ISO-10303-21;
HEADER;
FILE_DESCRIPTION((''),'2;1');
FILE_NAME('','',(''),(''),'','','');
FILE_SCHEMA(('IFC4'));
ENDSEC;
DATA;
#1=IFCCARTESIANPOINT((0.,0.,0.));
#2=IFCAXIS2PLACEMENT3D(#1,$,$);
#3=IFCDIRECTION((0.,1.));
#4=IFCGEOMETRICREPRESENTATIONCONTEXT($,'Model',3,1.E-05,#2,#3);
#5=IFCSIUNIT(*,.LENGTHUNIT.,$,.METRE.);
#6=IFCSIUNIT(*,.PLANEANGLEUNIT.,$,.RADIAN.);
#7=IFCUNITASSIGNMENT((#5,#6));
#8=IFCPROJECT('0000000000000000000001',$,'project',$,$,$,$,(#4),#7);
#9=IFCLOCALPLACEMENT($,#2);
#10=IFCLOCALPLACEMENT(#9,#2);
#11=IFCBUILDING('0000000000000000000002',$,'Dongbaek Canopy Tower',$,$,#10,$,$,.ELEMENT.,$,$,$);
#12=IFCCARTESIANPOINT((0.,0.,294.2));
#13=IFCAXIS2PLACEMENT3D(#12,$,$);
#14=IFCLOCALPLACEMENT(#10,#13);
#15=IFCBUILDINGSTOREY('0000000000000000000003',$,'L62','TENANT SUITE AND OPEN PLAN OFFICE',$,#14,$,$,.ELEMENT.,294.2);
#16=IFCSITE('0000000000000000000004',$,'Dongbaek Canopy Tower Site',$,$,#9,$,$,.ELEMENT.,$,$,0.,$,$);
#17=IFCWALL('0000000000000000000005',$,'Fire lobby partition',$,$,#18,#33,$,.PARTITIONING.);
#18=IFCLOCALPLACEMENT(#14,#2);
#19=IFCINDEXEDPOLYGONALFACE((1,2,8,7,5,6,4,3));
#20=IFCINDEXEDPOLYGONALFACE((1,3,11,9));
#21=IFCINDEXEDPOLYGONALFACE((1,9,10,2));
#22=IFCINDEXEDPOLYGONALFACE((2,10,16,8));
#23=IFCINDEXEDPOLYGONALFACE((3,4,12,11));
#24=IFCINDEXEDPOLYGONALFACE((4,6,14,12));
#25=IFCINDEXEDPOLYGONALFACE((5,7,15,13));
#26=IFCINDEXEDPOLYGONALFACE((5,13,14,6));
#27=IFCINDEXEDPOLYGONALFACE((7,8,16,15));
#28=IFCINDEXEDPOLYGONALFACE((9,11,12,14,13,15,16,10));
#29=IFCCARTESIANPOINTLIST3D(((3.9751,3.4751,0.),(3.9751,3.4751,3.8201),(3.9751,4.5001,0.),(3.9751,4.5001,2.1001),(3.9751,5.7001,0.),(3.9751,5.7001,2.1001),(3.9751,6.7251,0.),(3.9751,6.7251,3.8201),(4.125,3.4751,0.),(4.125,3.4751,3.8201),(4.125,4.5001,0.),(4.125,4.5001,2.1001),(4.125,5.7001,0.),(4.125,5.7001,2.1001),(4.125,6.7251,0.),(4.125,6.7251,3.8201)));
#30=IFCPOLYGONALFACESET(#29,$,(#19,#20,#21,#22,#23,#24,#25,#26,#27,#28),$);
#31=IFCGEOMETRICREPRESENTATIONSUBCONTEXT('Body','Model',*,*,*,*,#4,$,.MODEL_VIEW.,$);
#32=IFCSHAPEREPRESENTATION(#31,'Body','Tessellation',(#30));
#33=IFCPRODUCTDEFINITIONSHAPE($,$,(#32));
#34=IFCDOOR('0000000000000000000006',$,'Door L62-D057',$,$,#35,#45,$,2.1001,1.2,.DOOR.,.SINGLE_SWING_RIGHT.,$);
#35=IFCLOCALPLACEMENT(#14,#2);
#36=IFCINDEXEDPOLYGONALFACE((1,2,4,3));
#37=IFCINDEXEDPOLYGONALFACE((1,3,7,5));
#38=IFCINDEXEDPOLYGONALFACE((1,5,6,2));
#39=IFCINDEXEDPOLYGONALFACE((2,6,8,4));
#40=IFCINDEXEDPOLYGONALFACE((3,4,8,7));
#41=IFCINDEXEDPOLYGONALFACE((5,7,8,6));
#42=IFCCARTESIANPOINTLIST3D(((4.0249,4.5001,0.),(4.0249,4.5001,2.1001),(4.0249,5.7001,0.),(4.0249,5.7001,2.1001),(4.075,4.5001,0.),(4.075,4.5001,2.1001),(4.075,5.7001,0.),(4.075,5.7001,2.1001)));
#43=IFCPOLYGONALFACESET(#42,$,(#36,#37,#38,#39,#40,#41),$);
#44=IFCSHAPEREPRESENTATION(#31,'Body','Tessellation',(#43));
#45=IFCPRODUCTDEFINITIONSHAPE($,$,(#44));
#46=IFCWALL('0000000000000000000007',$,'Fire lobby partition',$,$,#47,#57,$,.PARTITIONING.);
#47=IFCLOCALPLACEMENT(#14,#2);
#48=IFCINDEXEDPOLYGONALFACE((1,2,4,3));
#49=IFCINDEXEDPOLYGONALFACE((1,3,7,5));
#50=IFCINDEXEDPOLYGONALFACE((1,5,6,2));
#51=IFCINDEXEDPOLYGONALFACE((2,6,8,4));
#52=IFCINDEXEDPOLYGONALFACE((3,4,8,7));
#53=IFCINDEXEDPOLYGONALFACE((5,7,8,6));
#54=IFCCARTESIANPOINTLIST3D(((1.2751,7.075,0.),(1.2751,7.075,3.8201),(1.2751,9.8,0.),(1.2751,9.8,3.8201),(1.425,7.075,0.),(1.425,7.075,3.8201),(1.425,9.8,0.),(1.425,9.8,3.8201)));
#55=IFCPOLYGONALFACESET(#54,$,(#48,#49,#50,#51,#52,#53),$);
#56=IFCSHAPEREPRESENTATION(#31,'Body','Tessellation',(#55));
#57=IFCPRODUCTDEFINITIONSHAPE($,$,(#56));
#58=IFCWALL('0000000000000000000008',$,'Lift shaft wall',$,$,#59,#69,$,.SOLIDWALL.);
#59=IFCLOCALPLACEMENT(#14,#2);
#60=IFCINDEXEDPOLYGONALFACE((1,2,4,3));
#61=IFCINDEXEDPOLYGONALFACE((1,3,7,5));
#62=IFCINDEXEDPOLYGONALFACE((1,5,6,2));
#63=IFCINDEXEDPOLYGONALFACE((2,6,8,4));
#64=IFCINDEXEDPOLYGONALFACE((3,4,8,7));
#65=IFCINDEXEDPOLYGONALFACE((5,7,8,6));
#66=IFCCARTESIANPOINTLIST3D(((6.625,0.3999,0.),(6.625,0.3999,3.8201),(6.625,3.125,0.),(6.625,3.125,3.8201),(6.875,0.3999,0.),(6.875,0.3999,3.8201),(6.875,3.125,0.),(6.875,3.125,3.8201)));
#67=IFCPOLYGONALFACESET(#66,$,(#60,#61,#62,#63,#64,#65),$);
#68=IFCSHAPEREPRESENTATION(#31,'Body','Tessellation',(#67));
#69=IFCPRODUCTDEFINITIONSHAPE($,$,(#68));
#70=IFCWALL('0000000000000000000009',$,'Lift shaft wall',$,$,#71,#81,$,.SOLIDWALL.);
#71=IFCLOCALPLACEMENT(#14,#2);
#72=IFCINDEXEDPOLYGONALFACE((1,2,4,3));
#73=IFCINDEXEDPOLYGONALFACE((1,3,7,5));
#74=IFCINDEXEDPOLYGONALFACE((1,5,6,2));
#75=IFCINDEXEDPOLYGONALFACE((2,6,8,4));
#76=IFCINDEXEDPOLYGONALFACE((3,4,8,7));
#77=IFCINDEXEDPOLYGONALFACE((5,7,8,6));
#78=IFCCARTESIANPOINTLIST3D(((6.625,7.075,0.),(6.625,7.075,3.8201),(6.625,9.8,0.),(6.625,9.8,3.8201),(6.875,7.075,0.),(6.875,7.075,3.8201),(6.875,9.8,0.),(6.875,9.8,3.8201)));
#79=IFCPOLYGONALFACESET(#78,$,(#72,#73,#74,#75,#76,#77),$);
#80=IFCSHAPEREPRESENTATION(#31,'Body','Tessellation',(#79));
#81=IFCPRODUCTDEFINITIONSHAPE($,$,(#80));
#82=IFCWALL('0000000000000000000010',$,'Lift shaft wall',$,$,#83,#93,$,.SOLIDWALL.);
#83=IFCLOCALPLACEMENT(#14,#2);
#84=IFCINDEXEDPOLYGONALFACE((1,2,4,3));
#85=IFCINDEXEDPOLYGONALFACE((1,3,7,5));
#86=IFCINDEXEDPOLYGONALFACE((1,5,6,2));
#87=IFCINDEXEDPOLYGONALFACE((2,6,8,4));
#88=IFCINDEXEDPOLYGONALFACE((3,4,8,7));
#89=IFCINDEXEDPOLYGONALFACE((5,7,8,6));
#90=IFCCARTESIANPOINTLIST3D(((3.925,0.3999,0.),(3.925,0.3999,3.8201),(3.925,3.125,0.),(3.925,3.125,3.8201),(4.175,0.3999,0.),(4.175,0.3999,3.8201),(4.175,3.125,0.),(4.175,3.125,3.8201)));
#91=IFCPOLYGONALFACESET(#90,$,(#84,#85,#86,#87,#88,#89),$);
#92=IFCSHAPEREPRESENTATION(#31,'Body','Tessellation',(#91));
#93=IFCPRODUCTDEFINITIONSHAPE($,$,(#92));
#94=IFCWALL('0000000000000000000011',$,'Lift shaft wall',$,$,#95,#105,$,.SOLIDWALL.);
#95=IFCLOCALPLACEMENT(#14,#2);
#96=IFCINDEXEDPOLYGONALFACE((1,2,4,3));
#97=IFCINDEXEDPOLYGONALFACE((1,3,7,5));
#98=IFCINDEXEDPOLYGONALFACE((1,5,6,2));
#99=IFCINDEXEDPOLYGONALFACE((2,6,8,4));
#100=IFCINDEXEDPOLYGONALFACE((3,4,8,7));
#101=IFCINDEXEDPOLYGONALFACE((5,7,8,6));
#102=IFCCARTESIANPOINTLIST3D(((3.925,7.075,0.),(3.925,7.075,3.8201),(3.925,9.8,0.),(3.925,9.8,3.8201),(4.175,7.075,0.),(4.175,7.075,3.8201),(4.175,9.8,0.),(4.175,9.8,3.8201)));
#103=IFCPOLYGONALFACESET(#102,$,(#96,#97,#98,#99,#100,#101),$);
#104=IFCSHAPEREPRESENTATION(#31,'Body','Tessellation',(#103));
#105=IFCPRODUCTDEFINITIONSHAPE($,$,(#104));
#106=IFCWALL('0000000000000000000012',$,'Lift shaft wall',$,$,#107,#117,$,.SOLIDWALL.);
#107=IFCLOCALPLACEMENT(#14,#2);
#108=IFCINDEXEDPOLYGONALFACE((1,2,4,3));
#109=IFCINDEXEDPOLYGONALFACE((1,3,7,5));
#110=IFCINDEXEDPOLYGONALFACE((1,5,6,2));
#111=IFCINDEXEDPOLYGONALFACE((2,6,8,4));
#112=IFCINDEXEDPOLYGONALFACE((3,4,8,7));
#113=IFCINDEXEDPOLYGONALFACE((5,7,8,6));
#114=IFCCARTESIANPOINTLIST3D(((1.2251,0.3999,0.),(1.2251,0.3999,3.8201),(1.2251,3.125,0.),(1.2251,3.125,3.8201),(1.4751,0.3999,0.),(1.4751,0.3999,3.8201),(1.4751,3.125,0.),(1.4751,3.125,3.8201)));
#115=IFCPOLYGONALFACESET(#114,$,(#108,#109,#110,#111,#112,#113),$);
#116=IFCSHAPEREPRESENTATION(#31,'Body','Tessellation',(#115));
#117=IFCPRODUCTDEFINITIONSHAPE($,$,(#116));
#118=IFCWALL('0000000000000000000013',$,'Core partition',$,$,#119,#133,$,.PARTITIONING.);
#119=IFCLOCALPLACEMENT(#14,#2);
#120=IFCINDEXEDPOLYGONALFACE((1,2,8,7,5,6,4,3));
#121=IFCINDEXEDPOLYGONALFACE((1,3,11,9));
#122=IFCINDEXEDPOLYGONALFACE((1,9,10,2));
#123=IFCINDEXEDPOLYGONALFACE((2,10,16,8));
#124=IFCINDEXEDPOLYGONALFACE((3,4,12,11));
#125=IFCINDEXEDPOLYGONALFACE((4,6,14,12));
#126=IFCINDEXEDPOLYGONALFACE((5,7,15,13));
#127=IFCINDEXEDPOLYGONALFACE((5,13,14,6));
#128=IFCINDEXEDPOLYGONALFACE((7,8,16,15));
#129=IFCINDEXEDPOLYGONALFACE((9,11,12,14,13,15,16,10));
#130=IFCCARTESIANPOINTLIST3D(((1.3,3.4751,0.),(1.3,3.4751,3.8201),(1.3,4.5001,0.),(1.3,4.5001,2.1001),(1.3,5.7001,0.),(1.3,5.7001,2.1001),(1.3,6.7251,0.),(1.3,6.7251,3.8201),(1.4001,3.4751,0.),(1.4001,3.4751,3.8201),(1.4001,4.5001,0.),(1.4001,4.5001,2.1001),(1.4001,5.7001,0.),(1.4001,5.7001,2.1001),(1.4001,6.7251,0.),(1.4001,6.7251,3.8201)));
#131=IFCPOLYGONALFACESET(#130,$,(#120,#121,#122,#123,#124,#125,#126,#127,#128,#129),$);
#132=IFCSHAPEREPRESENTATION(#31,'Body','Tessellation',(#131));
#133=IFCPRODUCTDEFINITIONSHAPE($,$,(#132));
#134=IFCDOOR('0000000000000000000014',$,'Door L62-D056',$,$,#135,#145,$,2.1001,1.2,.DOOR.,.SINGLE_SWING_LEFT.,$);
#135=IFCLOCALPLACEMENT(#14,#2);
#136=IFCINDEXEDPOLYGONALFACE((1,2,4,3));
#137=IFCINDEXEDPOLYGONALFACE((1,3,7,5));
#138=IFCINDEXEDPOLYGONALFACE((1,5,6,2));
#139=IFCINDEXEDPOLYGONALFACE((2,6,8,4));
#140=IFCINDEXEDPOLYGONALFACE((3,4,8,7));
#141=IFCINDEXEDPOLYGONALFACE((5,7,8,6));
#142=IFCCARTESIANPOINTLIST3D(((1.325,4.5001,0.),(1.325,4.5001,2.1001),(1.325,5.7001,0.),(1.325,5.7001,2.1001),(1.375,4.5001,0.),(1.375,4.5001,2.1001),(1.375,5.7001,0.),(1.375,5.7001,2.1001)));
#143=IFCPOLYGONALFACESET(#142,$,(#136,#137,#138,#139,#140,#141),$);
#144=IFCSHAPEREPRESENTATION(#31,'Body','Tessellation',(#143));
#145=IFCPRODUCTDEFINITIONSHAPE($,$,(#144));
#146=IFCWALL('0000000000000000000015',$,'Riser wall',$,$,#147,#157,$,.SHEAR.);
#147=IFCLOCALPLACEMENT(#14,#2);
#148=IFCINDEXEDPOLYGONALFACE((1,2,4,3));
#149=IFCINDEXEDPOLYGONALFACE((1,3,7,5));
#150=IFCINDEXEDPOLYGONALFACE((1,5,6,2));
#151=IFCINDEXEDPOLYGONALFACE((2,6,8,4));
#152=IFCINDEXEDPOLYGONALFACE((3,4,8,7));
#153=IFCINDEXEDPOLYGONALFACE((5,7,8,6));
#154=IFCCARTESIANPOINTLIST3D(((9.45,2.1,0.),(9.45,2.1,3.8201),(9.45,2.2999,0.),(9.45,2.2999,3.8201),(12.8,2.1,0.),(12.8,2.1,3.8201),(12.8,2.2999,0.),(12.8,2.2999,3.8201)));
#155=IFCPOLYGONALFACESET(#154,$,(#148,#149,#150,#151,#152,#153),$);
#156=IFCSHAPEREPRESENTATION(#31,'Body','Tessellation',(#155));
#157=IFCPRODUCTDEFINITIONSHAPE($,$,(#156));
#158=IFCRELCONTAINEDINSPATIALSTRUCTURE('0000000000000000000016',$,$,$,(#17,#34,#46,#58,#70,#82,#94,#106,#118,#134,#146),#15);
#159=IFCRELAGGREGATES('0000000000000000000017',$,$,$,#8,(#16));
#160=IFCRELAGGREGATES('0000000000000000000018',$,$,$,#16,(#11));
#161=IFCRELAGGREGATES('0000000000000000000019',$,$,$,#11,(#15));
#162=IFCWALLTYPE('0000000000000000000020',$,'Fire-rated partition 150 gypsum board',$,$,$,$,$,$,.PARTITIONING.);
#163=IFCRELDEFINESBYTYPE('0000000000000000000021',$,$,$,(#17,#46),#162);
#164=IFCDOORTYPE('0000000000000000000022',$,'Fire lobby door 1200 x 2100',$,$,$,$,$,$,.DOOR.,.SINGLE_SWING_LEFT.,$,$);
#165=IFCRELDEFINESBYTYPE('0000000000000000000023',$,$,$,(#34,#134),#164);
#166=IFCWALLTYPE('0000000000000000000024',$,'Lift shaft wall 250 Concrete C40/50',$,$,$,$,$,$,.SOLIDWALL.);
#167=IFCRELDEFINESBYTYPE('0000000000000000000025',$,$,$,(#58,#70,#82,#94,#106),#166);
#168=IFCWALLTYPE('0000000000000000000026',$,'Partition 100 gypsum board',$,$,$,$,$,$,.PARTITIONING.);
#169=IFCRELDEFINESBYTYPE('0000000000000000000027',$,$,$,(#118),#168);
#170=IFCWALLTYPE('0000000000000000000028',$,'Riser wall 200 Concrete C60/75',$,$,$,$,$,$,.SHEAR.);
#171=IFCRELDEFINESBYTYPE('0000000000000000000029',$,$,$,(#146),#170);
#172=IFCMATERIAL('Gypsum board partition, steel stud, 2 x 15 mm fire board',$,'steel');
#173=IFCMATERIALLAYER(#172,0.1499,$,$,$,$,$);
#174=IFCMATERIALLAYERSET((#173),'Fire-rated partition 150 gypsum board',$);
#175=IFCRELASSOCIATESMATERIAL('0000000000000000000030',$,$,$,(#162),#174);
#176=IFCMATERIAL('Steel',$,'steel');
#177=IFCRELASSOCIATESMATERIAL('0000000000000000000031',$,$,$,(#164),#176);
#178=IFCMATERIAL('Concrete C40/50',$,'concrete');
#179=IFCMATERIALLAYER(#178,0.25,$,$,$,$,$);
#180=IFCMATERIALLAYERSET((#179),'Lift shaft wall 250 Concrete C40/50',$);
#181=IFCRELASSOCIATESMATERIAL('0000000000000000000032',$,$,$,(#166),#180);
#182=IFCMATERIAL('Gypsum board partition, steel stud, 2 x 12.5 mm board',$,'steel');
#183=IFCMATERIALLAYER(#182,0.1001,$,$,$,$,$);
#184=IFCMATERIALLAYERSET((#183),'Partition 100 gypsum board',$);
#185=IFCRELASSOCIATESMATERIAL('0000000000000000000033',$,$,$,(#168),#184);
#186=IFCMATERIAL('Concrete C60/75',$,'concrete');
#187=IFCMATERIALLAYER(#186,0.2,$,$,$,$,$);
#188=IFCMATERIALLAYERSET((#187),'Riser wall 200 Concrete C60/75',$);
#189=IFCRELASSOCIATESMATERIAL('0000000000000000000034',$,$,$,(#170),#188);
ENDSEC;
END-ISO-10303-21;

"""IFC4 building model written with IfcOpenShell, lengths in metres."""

from ifc_helpers import new_model, si_unit, direction, frame, frame_2d, origin, place, context, subcontext, project, spatial, rectangle, extrude, material, layer, layer_set, type_object, element, fill, save


model = new_model("IFC4")

# Units and contexts
model_context = context("Model", 3, precision=1e-05, world=origin(), true_north=direction((0.0, 1.0)))
body_context = subcontext(model_context, "Body", "Model", "MODEL_VIEW")
ifc_project = project(units=[si_unit("LENGTHUNIT", "METRE"), si_unit("PLANEANGLEUNIT", "RADIAN")], contexts=[model_context])

# Site, building, storey
site_placement = place(None, origin())
site = spatial("IfcSite", under=ifc_project, at=site_placement, Name="Dongbaek Canopy Tower Site", CompositionType="ELEMENT", RefElevation=0.0)
building_placement = place(site_placement, origin())
building = spatial("IfcBuilding", under=site, at=building_placement, Name="Dongbaek Canopy Tower", CompositionType="ELEMENT")
storey_placement = place(building_placement, frame((0.0, 0.0, 294.2)))
storey = spatial("IfcBuildingStorey", under=building, at=storey_placement, Name="L62", Description="TENANT SUITE AND OPEN PLAN OFFICE", CompositionType="ELEMENT", Elevation=294.2)

# Wall, opening, door
ifc_material_1 = material(Name="Gypsum board partition, steel stud, 2 x 15 mm fire board", Category="steel")
ifc_layer_1 = layer(ifc_material_1, 0.1499)
ifc_layer_set_1 = layer_set([ifc_layer_1], Name="Fire-rated partition 150 gypsum board")
wall_type_1 = type_object("IfcWallType", Name="Fire-rated partition 150 gypsum board", PredefinedType="PARTITIONING", material=ifc_layer_set_1)
wall_1_placement = place(storey_placement, frame((4.05, 6.7251, 0.0), z_axis=(0.0, 0.0, 1.0), x_axis=(0.0, -1.0, 0.0)))
wall_1 = element("IfcWall", 1, at=wall_1_placement, inside=storey, type_object=wall_type_1, Name="Fire lobby partition", PredefinedType="PARTITIONING", context=body_context, shape_type="SweptSolid", body=[
    extrude(rectangle(XDim=3.25, YDim=0.1499, at=frame_2d((1.625, 0.0))), origin(), (0.0, 0.0, 1.0), 3.8201),
])
opening_1_placement = place(wall_1_placement, frame((1.0249, 0.0, 0.0)))
opening_1 = element("IfcOpeningElement", 2, at=opening_1_placement, cuts=wall_1, PredefinedType="OPENING", context=body_context, shape_type="SweptSolid", body=[
    extrude(rectangle(XDim=1.2, YDim=2.1001, at=frame_2d((0.6001, 1.05))), frame((0.0, 0.085, 0.0), z_axis=(0.0, -1.0, 0.0), x_axis=(1.0, 0.0, 0.0)), (0.0, 0.0, 1.0), 0.1699),
])
ifc_material_2 = material(Name="Steel", Category="steel")
door_type_1 = type_object("IfcDoorType", Name="Fire lobby door 1200 x 2100", OperationType="SINGLE_SWING_LEFT", PredefinedType="DOOR", material=ifc_material_2)
door_1_placement = place(opening_1_placement, origin())
door_1 = element("IfcDoor", 3, at=door_1_placement, inside=storey, type_object=door_type_1, Name="Door L62-D057", OperationType="SINGLE_SWING_RIGHT", OverallHeight=2.1001, OverallWidth=1.2, PredefinedType="DOOR", context=body_context, shape_type="SweptSolid", body=[
    extrude(rectangle(XDim=1.2, YDim=2.1001, at=frame_2d((0.6001, 1.05))), frame((0.0, 0.0249, 0.0), z_axis=(0.0, -1.0, 0.0), x_axis=(1.0, 0.0, 0.0)), (0.0, 0.0, 1.0), 0.05),
])
fill(opening_1, door_1)

# Walls
wall_2_placement = place(storey_placement, frame((1.3501, 7.075, 0.0), z_axis=(0.0, 0.0, 1.0), x_axis=(0.0, 1.0, 0.0)))
element("IfcWall", 4, at=wall_2_placement, inside=storey, type_object=wall_type_1, Name="Fire lobby partition", PredefinedType="PARTITIONING", context=body_context, shape_type="SweptSolid", body=[
    extrude(rectangle(XDim=2.7251, YDim=0.1499, at=frame_2d((1.3625, 0.0))), origin(), (0.0, 0.0, 1.0), 3.8201),
])
ifc_material_3 = material(Name="Concrete C40/50", Category="concrete")
ifc_layer_2 = layer(ifc_material_3, 0.25)
ifc_layer_set_2 = layer_set([ifc_layer_2], Name="Lift shaft wall 250 Concrete C40/50")
wall_type_2 = type_object("IfcWallType", Name="Lift shaft wall 250 Concrete C40/50", PredefinedType="SOLIDWALL", material=ifc_layer_set_2)
for number, where, z_axis, x_axis, name in (
    (5, (6.75, 0.3999, 0.0), (0.0, 0.0, 1.0), (0.0, 1.0, 0.0), "Lift shaft wall"),
    (6, (6.75, 7.075, 0.0), (0.0, 0.0, 1.0), (0.0, 1.0, 0.0), "Lift shaft wall"),
    (7, (4.05, 0.3999, 0.0), (0.0, 0.0, 1.0), (0.0, 1.0, 0.0), "Lift shaft wall"),
    (8, (4.05, 7.075, 0.0), (0.0, 0.0, 1.0), (0.0, 1.0, 0.0), "Lift shaft wall"),
    (9, (1.3501, 0.3999, 0.0), (0.0, 0.0, 1.0), (0.0, 1.0, 0.0), "Lift shaft wall"),
):
    element("IfcWall", number, at=place(storey_placement, frame(where, z_axis=z_axis, x_axis=x_axis)), inside=storey, type_object=wall_type_2, Name=name, PredefinedType="SOLIDWALL", context=body_context, shape_type="SweptSolid", body=[
        extrude(rectangle(XDim=2.7251, YDim=0.25, at=frame_2d((1.3625, 0.0))), origin(), (0.0, 0.0, 1.0), 3.8201),
    ])

# Wall, opening, door
ifc_material_4 = material(Name="Gypsum board partition, steel stud, 2 x 12.5 mm board", Category="steel")
ifc_layer_3 = layer(ifc_material_4, 0.1001)
ifc_layer_set_3 = layer_set([ifc_layer_3], Name="Partition 100 gypsum board")
wall_type_3 = type_object("IfcWallType", Name="Partition 100 gypsum board", PredefinedType="PARTITIONING", material=ifc_layer_set_3)
wall_3_placement = place(storey_placement, frame((1.3501, 6.7251, 0.0), z_axis=(0.0, 0.0, 1.0), x_axis=(0.0, -1.0, 0.0)))
wall_3 = element("IfcWall", 10, at=wall_3_placement, inside=storey, type_object=wall_type_3, Name="Core partition", PredefinedType="PARTITIONING", context=body_context, shape_type="SweptSolid", body=[
    extrude(rectangle(XDim=3.25, YDim=0.1001, at=frame_2d((1.625, 0.0))), origin(), (0.0, 0.0, 1.0), 3.8201),
])
opening_2_placement = place(wall_3_placement, frame((1.0249, 0.0, 0.0)))
opening_2 = element("IfcOpeningElement", 11, at=opening_2_placement, cuts=wall_3, PredefinedType="OPENING", context=body_context, shape_type="SweptSolid", body=[
    extrude(rectangle(XDim=1.2, YDim=2.1001, at=frame_2d((0.6001, 1.05))), frame((0.0, 0.0601, 0.0), z_axis=(0.0, -1.0, 0.0), x_axis=(1.0, 0.0, 0.0)), (0.0, 0.0, 1.0), 0.1201),
])
door_2_placement = place(opening_2_placement, origin())
door_2 = element("IfcDoor", 12, at=door_2_placement, inside=storey, type_object=door_type_1, Name="Door L62-D056", OperationType="SINGLE_SWING_LEFT", OverallHeight=2.1001, OverallWidth=1.2, PredefinedType="DOOR", context=body_context, shape_type="SweptSolid", body=[
    extrude(rectangle(XDim=1.2, YDim=2.1001, at=frame_2d((0.6001, 1.05))), frame((0.0, 0.0249, 0.0), z_axis=(0.0, -1.0, 0.0), x_axis=(1.0, 0.0, 0.0)), (0.0, 0.0, 1.0), 0.05),
])
fill(opening_2, door_2)

# Wall
ifc_material_5 = material(Name="Concrete C60/75", Category="concrete")
ifc_layer_4 = layer(ifc_material_5, 0.2)
ifc_layer_set_4 = layer_set([ifc_layer_4], Name="Riser wall 200 Concrete C60/75")
wall_type_4 = type_object("IfcWallType", Name="Riser wall 200 Concrete C60/75", PredefinedType="SHEAR", material=ifc_layer_set_4)
wall_4_placement = place(storey_placement, frame((9.45, 2.2, 0.0), z_axis=(0.0, 0.0, 1.0), x_axis=(1.0, 0.0, 0.0)))
element("IfcWall", 13, at=wall_4_placement, inside=storey, type_object=wall_type_4, Name="Riser wall", PredefinedType="SHEAR", context=body_context, shape_type="SweptSolid", body=[
    extrude(rectangle(XDim=3.3501, YDim=0.2, at=frame_2d((1.675, 0.0))), origin(), (0.0, 0.0, 1.0), 3.8201),
])

save(model, "model.ifc")
